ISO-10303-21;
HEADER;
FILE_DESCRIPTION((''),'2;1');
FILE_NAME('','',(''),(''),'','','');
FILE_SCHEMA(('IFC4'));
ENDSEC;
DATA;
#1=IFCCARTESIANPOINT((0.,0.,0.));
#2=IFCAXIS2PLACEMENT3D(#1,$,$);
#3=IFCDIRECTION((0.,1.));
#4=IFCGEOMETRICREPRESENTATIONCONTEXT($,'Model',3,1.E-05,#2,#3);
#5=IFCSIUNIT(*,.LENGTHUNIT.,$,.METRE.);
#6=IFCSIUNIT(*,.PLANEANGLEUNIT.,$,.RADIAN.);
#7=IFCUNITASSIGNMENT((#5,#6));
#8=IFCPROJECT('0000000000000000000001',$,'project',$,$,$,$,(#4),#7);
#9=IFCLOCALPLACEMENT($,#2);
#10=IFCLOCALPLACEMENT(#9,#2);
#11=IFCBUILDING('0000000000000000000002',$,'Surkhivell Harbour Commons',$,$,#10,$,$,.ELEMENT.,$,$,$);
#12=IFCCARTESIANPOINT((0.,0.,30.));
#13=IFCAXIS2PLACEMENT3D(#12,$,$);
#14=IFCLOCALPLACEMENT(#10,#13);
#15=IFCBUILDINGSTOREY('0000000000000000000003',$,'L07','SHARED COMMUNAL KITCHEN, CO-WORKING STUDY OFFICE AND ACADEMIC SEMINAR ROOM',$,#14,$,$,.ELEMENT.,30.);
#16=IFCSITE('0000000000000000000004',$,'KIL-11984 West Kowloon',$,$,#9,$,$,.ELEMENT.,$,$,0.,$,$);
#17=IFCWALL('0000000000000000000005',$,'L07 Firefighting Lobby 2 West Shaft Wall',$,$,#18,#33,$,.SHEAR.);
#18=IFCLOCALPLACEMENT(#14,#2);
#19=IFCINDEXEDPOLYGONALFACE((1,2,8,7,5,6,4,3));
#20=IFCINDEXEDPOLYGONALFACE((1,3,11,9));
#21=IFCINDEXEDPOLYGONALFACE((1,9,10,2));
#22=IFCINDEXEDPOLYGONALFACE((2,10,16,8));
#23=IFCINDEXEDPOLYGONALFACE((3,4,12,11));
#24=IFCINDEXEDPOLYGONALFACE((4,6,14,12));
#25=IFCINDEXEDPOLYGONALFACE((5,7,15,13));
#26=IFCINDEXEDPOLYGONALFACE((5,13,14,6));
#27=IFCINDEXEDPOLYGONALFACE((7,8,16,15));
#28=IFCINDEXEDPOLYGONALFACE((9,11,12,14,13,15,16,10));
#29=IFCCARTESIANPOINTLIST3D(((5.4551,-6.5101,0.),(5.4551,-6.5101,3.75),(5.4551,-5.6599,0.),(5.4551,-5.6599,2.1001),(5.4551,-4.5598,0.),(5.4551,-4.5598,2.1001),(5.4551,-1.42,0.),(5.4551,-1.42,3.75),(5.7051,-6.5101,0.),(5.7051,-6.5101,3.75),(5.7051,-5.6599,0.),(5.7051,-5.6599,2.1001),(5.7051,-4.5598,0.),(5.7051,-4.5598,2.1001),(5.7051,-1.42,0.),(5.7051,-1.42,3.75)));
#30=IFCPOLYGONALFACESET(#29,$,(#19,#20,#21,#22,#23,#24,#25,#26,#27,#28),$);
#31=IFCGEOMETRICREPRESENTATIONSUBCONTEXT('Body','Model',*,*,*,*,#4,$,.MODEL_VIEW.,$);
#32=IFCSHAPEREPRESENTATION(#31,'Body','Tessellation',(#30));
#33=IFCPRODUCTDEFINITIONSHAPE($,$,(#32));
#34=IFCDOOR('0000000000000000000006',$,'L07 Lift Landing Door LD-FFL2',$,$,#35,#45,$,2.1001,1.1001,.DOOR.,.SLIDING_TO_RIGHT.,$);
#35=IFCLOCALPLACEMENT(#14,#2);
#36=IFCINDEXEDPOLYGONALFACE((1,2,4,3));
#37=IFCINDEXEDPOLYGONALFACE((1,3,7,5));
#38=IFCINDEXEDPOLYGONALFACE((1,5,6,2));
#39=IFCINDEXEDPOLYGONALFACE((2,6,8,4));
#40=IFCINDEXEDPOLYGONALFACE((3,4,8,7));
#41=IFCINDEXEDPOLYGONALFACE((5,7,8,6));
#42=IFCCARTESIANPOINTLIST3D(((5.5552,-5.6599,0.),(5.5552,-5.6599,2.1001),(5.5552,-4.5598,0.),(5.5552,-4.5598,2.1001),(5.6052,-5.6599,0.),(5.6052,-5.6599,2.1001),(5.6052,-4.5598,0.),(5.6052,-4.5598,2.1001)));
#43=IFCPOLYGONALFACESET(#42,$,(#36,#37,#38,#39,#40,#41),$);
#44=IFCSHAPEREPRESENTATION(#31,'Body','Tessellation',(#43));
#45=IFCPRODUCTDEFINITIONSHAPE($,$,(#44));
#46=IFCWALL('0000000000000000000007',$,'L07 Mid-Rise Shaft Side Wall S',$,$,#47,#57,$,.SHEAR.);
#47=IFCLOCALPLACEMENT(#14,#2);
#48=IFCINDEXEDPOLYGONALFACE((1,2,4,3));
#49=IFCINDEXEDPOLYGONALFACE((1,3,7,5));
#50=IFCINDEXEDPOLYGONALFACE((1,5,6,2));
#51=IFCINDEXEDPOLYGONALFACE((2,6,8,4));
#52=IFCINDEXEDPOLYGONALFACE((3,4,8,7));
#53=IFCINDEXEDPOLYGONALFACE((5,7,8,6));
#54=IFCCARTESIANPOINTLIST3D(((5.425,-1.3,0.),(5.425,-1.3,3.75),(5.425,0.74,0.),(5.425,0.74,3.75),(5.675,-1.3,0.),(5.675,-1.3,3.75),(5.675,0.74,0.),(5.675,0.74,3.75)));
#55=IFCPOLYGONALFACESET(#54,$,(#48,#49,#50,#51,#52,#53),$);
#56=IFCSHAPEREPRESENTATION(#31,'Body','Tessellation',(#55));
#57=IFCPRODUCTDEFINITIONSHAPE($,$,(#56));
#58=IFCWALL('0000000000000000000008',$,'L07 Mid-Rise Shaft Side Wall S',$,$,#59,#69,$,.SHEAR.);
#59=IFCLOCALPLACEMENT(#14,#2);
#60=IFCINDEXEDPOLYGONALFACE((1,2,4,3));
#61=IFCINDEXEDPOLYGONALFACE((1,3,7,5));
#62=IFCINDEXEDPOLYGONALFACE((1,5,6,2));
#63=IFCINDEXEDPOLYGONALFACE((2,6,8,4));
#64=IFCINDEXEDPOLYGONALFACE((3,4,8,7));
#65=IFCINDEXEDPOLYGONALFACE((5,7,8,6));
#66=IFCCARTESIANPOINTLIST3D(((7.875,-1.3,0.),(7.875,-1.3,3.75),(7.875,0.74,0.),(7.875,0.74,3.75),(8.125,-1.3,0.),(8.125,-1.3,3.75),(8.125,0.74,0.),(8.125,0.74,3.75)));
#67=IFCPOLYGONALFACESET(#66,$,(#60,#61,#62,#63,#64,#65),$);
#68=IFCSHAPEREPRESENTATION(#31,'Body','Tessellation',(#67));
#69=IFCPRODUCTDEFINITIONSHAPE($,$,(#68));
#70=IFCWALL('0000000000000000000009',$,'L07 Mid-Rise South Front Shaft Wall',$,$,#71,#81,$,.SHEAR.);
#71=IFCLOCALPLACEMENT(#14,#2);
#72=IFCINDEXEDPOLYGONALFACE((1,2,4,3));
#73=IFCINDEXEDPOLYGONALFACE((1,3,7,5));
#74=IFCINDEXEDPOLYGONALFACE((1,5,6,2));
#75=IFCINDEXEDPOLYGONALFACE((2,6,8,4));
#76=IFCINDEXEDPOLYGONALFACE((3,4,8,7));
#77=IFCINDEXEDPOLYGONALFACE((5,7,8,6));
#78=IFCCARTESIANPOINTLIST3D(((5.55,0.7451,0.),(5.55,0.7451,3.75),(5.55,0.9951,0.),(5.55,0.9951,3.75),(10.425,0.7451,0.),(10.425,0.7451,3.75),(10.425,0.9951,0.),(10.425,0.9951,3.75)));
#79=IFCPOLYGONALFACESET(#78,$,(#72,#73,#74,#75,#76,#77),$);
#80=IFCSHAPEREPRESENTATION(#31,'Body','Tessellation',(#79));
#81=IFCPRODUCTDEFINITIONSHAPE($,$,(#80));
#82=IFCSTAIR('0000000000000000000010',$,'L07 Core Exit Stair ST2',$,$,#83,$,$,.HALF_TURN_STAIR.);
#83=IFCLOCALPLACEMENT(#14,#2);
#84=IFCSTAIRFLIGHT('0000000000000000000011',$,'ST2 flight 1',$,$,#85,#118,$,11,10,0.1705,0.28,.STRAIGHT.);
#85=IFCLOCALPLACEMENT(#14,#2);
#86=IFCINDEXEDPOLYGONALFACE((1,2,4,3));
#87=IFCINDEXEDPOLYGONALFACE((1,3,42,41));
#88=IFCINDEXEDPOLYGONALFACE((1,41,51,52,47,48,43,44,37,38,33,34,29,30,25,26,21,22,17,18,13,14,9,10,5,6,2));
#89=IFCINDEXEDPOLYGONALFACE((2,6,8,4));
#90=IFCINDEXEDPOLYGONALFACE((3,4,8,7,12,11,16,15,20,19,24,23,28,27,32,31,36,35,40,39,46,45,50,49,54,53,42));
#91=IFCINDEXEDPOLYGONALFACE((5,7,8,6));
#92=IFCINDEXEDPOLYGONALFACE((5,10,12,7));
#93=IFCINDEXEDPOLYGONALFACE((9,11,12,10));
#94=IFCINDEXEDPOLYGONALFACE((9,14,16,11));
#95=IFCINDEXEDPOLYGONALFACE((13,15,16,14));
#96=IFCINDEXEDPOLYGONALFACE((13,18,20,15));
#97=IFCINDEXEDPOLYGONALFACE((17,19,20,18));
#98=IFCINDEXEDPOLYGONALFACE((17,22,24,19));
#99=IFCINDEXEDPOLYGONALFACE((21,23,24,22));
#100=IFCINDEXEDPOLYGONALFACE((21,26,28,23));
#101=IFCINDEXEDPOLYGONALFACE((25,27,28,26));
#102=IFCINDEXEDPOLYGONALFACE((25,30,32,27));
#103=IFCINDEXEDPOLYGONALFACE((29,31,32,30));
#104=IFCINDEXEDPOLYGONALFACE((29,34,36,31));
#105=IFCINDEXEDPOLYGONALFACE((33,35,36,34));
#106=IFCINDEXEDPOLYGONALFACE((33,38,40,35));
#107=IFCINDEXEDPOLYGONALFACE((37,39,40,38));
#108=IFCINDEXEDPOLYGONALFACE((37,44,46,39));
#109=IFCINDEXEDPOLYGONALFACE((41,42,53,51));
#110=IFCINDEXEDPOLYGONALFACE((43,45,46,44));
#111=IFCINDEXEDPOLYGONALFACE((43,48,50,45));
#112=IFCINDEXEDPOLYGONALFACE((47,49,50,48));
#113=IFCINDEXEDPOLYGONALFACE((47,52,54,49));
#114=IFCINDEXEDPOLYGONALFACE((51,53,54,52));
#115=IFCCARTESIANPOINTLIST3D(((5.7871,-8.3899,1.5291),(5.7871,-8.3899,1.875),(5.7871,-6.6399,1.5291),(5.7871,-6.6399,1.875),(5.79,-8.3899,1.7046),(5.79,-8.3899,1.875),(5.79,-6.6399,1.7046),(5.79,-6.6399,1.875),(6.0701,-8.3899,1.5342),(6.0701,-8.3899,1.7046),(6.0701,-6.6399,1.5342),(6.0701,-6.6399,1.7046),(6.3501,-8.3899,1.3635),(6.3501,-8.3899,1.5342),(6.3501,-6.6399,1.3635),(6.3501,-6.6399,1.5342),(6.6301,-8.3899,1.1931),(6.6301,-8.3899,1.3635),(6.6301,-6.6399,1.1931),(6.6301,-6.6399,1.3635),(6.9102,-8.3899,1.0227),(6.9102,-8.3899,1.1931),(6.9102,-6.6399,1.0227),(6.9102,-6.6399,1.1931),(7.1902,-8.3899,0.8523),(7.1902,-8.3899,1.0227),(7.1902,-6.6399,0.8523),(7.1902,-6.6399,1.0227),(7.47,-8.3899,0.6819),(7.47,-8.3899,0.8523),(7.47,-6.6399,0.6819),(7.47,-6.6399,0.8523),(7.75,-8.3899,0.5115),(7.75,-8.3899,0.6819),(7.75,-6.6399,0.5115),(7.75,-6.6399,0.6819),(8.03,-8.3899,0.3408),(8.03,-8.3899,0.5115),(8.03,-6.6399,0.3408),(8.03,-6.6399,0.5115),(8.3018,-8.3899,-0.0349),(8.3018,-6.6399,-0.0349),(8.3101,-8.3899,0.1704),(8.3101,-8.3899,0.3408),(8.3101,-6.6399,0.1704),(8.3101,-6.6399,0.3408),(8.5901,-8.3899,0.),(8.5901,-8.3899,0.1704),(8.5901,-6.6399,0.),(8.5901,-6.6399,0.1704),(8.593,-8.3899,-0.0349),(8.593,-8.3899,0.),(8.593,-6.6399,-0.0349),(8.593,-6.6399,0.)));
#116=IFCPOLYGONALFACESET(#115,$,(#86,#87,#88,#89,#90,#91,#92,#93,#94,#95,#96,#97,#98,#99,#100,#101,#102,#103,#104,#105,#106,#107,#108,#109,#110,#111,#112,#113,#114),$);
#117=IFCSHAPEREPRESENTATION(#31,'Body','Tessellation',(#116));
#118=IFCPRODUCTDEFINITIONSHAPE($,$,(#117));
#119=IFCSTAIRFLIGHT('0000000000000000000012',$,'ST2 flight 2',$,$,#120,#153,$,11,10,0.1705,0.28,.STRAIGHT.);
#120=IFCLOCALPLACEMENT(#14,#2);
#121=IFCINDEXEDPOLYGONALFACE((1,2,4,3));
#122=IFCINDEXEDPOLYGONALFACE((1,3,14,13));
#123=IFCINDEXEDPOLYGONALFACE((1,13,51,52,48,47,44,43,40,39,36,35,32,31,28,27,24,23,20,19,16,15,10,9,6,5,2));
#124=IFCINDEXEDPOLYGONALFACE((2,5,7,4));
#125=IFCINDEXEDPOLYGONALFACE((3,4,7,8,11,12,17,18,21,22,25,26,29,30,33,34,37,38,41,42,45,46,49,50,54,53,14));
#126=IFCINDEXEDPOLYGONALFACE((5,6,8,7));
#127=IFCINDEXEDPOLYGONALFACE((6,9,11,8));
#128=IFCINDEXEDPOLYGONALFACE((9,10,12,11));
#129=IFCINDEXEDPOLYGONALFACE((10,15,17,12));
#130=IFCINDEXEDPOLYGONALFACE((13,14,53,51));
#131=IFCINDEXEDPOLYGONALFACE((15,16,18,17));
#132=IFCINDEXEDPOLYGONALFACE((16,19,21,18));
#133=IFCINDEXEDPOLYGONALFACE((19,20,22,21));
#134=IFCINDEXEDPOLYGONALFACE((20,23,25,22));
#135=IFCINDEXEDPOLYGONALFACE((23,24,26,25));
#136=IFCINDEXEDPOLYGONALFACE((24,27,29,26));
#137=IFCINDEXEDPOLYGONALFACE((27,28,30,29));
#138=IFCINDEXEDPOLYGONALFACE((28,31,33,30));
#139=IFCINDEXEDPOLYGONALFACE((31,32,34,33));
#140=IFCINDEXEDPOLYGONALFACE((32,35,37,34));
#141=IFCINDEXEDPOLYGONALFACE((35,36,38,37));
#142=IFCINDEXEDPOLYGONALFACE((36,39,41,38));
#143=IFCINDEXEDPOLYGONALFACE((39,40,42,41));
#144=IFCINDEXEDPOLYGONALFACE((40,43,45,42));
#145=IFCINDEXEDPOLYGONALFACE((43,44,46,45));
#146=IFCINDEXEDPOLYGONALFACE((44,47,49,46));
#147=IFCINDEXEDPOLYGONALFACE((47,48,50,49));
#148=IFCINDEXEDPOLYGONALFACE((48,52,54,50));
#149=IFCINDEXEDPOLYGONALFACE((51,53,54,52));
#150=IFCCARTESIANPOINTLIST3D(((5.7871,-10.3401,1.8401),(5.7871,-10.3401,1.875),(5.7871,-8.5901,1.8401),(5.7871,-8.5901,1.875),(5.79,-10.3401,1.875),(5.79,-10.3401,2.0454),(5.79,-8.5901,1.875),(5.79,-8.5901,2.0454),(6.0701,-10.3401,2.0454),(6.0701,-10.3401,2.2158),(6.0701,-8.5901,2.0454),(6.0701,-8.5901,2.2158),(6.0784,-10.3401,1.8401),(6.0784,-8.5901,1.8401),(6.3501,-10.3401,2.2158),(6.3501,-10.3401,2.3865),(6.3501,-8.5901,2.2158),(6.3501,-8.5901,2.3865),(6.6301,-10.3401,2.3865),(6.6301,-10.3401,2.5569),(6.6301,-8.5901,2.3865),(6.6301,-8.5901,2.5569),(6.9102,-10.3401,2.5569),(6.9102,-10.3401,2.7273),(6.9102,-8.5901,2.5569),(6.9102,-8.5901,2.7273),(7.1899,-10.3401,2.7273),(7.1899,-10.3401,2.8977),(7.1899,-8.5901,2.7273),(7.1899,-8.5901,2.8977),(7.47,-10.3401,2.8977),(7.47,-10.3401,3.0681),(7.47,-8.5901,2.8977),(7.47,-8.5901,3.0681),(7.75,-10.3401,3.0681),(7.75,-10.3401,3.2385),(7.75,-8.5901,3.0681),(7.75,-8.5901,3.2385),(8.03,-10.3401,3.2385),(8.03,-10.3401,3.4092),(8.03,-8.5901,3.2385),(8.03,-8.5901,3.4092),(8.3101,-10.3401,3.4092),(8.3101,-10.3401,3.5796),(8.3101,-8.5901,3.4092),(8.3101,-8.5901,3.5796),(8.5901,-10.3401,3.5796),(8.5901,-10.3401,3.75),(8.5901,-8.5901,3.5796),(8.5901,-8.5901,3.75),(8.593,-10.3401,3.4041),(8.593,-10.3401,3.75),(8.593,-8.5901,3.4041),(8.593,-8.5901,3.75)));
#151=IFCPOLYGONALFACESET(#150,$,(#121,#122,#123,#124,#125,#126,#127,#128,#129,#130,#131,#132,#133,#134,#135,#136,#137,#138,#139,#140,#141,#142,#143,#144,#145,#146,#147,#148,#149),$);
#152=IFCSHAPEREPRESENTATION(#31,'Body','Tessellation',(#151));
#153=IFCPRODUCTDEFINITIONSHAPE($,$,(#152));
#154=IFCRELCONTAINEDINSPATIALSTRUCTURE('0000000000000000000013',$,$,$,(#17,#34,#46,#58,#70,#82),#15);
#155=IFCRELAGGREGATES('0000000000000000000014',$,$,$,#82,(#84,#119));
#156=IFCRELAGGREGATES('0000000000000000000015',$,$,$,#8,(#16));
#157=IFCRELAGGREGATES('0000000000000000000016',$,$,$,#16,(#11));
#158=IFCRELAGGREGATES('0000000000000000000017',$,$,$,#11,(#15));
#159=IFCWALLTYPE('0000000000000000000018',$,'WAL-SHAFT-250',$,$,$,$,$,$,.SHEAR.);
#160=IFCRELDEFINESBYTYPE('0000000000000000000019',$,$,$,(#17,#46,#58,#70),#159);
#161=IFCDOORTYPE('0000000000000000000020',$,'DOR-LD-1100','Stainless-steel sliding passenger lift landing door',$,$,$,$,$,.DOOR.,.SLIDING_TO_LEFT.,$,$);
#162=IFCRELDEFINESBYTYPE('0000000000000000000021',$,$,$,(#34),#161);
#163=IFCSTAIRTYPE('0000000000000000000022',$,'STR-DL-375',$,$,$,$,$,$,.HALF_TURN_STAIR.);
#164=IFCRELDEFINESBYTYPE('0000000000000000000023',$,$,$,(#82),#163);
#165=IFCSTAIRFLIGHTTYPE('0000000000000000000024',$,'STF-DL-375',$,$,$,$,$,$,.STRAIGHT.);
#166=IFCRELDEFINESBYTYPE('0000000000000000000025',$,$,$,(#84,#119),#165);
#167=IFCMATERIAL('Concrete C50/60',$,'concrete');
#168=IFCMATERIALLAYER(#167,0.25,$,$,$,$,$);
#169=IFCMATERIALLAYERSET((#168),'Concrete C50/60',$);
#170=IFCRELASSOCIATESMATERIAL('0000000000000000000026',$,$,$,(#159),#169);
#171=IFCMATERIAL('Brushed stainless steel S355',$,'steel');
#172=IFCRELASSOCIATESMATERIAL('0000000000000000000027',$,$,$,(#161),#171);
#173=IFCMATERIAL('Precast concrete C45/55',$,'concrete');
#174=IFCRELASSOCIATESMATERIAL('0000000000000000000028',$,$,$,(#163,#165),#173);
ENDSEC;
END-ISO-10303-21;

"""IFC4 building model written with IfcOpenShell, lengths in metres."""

from ifc_helpers import new_model, si_unit, direction, frame, frame_2d, origin, place, context, subcontext, project, spatial, polyline, rectangle, outline, extrude, material, layer, layer_set, type_object, element, fill, aggregate, save


model = new_model("IFC4")

# Units and contexts
model_context = context("Model", 3, precision=1e-05, world=origin(), true_north=direction((0.0, 1.0)))
body_context = subcontext(model_context, "Body", "Model", "MODEL_VIEW")
ifc_project = project(units=[si_unit("LENGTHUNIT", "METRE"), si_unit("PLANEANGLEUNIT", "RADIAN")], contexts=[model_context])

# Site, building, storey
site_placement = place(None, origin())
site = spatial("IfcSite", under=ifc_project, at=site_placement, Name="KIL-11984 West Kowloon", CompositionType="ELEMENT", RefElevation=0.0)
building_placement = place(site_placement, origin())
building = spatial("IfcBuilding", under=site, at=building_placement, Name="Surkhivell Harbour Commons", CompositionType="ELEMENT")
storey_placement = place(building_placement, frame((0.0, 0.0, 30.0)))
storey = spatial("IfcBuildingStorey", under=building, at=storey_placement, Name="L07", Description="SHARED COMMUNAL KITCHEN, CO-WORKING STUDY OFFICE AND ACADEMIC SEMINAR ROOM", CompositionType="ELEMENT", Elevation=30.0)

# Shared definitions
ifc_material_1 = material(Name="Concrete C50/60", Category="concrete")
ifc_layer_1 = layer(ifc_material_1, 0.25)
ifc_layer_set_1 = layer_set([ifc_layer_1], Name="Concrete C50/60")
wall_type_1 = type_object("IfcWallType", Name="WAL-SHAFT-250", PredefinedType="SHEAR", material=ifc_layer_set_1)

# Wall, opening, door
wall_1_placement = place(storey_placement, frame((5.5801, -6.51, 0.0), z_axis=(0.0, 0.0, 1.0), x_axis=(0.0, 1.0, 0.0)))
wall_1 = element("IfcWall", 1, at=wall_1_placement, inside=storey, type_object=wall_type_1, Name="L07 Firefighting Lobby 2 West Shaft Wall", PredefinedType="SHEAR", context=body_context, shape_type="SweptSolid", body=[
    extrude(rectangle(XDim=5.0901, YDim=0.25, at=frame_2d((2.5449, 0.0))), origin(), (0.0, 0.0, 1.0), 3.75),
])
opening_1_placement = place(wall_1_placement, frame((0.8501, 0.0, 0.0)))
opening_1 = element("IfcOpeningElement", 2, at=opening_1_placement, cuts=wall_1, PredefinedType="OPENING", context=body_context, shape_type="SweptSolid", body=[
    extrude(rectangle(XDim=1.1001, YDim=2.1001, at=frame_2d((0.55, 1.05))), frame((0.0, 0.135, 0.0), z_axis=(0.0, -1.0, 0.0), x_axis=(1.0, 0.0, 0.0)), (0.0, 0.0, 1.0), 0.27),
])
ifc_material_2 = material(Name="Brushed stainless steel S355", Category="steel")
door_type_1 = type_object("IfcDoorType", Name="DOR-LD-1100", Description="Stainless-steel sliding passenger lift landing door", OperationType="SLIDING_TO_LEFT", PredefinedType="DOOR", material=ifc_material_2)
door_1_placement = place(opening_1_placement, origin())
door_1 = element("IfcDoor", 3, at=door_1_placement, inside=storey, type_object=door_type_1, Name="L07 Lift Landing Door LD-FFL2", OperationType="SLIDING_TO_RIGHT", OverallHeight=2.1001, OverallWidth=1.1001, PredefinedType="DOOR", context=body_context, shape_type="SweptSolid", body=[
    extrude(rectangle(XDim=1.1001, YDim=2.1001, at=frame_2d((0.55, 1.05))), frame((0.0, 0.0249, 0.0), z_axis=(0.0, -1.0, 0.0), x_axis=(1.0, 0.0, 0.0)), (0.0, 0.0, 1.0), 0.05),
])
fill(opening_1, door_1)

# Walls
for number, where, z_axis, x_axis, name in (
    (4, (5.55, -1.3, 0.0), (0.0, 0.0, 1.0), (0.0, 1.0, 0.0), "L07 Mid-Rise Shaft Side Wall S"),
    (5, (8.0, -1.3, 0.0), (0.0, 0.0, 1.0), (0.0, 1.0, 0.0), "L07 Mid-Rise Shaft Side Wall S"),
):
    element("IfcWall", number, at=place(storey_placement, frame(where, z_axis=z_axis, x_axis=x_axis)), inside=storey, type_object=wall_type_1, Name=name, PredefinedType="SHEAR", context=body_context, shape_type="SweptSolid", body=[
        extrude(rectangle(XDim=2.04, YDim=0.25, at=frame_2d((1.02, 0.0))), origin(), (0.0, 0.0, 1.0), 3.75),
    ])
wall_2_placement = place(storey_placement, frame((5.55, 0.8701, 0.0), z_axis=(0.0, 0.0, 1.0), x_axis=(1.0, 0.0, 0.0)))
element("IfcWall", 6, at=wall_2_placement, inside=storey, type_object=wall_type_1, Name="L07 Mid-Rise South Front Shaft Wall", PredefinedType="SHEAR", context=body_context, shape_type="SweptSolid", body=[
    extrude(rectangle(XDim=4.875, YDim=0.25, at=frame_2d((2.4375, 0.0))), origin(), (0.0, 0.0, 1.0), 3.75),
])

# Stair, stair flights
ifc_material_3 = material(Name="Precast concrete C45/55", Category="concrete")
stair_type = type_object("IfcStairType", Name="STR-DL-375", PredefinedType="HALF_TURN_STAIR", material=ifc_material_3)
stair_placement = place(storey_placement, origin())
stair = element("IfcStair", 7, at=stair_placement, inside=storey, type_object=stair_type, Name="L07 Core Exit Stair ST2", PredefinedType="HALF_TURN_STAIR")
stair_flight_type = type_object("IfcStairFlightType", Name="STF-DL-375", PredefinedType="STRAIGHT", material=ifc_material_3)
stair_flight_1_placement = place(storey_placement, frame((8.5901, -7.5149, 0.0), z_axis=(0.0, 0.0, 1.0), x_axis=(-1.0, 0.0, 0.0)))
stair_flight_1 = element("IfcStairFlight", 8, at=stair_flight_1_placement, type_object=stair_flight_type, Name="ST2 flight 1", NumberOfRisers=11, NumberOfTreads=10, PredefinedType="STRAIGHT", RiserHeight=0.1705, TreadLength=0.28, context=body_context, shape_type="SweptSolid", body=[
    extrude(outline(polyline([(-0.0029, -0.0349), (-0.0029, 0.0), (0.0, 0.0), (0.0, 0.1704), (0.28, 0.1704), (0.28, 0.3408), (0.5601, 0.3408), (0.5601, 0.5115), (0.8401, 0.5115), (0.8401, 0.6819), (1.1201, 0.6819), (1.1201, 0.8523), (1.3999, 0.8523), (1.3999, 1.0227), (1.6799, 1.0227), (1.6799, 1.1931), (1.96, 1.1931), (1.96, 1.3635), (2.24, 1.3635), (2.24, 1.5342), (2.52, 1.5342), (2.52, 1.7046), (2.8, 1.7046), (2.8, 1.875), (2.803, 1.875), (2.803, 1.5291), (0.2883, -0.0349), (-0.0029, -0.0349)])), frame((0.0, 0.875, 0.0), z_axis=(0.0, -1.0, 0.0), x_axis=(1.0, 0.0, 0.0)), (0.0, 0.0, 1.0), 1.75),
])
stair_flight_2_placement = place(storey_placement, frame((5.79, -9.4651, 1.875), z_axis=(0.0, 0.0, 1.0), x_axis=(1.0, 0.0, 0.0)))
stair_flight_2 = element("IfcStairFlight", 9, at=stair_flight_2_placement, type_object=stair_flight_type, Name="ST2 flight 2", NumberOfRisers=11, NumberOfTreads=10, PredefinedType="STRAIGHT", RiserHeight=0.1705, TreadLength=0.28, context=body_context, shape_type="SweptSolid", body=[
    extrude(outline(polyline([(-0.0029, -0.0349), (-0.0029, 0.0), (0.0, 0.0), (0.0, 0.1704), (0.28, 0.1704), (0.28, 0.3408), (0.5601, 0.3408), (0.5601, 0.5115), (0.8401, 0.5115), (0.8401, 0.6819), (1.1201, 0.6819), (1.1201, 0.8523), (1.3999, 0.8523), (1.3999, 1.0227), (1.6799, 1.0227), (1.6799, 1.1931), (1.96, 1.1931), (1.96, 1.3635), (2.24, 1.3635), (2.24, 1.5342), (2.52, 1.5342), (2.52, 1.7046), (2.8, 1.7046), (2.8, 1.875), (2.803, 1.875), (2.803, 1.5291), (0.2883, -0.0349), (-0.0029, -0.0349)])), frame((0.0, 0.875, 0.0), z_axis=(0.0, -1.0, 0.0), x_axis=(1.0, 0.0, 0.0)), (0.0, 0.0, 1.0), 1.75),
])
aggregate(stair, [stair_flight_1, stair_flight_2])

save(model, "model.ifc")
